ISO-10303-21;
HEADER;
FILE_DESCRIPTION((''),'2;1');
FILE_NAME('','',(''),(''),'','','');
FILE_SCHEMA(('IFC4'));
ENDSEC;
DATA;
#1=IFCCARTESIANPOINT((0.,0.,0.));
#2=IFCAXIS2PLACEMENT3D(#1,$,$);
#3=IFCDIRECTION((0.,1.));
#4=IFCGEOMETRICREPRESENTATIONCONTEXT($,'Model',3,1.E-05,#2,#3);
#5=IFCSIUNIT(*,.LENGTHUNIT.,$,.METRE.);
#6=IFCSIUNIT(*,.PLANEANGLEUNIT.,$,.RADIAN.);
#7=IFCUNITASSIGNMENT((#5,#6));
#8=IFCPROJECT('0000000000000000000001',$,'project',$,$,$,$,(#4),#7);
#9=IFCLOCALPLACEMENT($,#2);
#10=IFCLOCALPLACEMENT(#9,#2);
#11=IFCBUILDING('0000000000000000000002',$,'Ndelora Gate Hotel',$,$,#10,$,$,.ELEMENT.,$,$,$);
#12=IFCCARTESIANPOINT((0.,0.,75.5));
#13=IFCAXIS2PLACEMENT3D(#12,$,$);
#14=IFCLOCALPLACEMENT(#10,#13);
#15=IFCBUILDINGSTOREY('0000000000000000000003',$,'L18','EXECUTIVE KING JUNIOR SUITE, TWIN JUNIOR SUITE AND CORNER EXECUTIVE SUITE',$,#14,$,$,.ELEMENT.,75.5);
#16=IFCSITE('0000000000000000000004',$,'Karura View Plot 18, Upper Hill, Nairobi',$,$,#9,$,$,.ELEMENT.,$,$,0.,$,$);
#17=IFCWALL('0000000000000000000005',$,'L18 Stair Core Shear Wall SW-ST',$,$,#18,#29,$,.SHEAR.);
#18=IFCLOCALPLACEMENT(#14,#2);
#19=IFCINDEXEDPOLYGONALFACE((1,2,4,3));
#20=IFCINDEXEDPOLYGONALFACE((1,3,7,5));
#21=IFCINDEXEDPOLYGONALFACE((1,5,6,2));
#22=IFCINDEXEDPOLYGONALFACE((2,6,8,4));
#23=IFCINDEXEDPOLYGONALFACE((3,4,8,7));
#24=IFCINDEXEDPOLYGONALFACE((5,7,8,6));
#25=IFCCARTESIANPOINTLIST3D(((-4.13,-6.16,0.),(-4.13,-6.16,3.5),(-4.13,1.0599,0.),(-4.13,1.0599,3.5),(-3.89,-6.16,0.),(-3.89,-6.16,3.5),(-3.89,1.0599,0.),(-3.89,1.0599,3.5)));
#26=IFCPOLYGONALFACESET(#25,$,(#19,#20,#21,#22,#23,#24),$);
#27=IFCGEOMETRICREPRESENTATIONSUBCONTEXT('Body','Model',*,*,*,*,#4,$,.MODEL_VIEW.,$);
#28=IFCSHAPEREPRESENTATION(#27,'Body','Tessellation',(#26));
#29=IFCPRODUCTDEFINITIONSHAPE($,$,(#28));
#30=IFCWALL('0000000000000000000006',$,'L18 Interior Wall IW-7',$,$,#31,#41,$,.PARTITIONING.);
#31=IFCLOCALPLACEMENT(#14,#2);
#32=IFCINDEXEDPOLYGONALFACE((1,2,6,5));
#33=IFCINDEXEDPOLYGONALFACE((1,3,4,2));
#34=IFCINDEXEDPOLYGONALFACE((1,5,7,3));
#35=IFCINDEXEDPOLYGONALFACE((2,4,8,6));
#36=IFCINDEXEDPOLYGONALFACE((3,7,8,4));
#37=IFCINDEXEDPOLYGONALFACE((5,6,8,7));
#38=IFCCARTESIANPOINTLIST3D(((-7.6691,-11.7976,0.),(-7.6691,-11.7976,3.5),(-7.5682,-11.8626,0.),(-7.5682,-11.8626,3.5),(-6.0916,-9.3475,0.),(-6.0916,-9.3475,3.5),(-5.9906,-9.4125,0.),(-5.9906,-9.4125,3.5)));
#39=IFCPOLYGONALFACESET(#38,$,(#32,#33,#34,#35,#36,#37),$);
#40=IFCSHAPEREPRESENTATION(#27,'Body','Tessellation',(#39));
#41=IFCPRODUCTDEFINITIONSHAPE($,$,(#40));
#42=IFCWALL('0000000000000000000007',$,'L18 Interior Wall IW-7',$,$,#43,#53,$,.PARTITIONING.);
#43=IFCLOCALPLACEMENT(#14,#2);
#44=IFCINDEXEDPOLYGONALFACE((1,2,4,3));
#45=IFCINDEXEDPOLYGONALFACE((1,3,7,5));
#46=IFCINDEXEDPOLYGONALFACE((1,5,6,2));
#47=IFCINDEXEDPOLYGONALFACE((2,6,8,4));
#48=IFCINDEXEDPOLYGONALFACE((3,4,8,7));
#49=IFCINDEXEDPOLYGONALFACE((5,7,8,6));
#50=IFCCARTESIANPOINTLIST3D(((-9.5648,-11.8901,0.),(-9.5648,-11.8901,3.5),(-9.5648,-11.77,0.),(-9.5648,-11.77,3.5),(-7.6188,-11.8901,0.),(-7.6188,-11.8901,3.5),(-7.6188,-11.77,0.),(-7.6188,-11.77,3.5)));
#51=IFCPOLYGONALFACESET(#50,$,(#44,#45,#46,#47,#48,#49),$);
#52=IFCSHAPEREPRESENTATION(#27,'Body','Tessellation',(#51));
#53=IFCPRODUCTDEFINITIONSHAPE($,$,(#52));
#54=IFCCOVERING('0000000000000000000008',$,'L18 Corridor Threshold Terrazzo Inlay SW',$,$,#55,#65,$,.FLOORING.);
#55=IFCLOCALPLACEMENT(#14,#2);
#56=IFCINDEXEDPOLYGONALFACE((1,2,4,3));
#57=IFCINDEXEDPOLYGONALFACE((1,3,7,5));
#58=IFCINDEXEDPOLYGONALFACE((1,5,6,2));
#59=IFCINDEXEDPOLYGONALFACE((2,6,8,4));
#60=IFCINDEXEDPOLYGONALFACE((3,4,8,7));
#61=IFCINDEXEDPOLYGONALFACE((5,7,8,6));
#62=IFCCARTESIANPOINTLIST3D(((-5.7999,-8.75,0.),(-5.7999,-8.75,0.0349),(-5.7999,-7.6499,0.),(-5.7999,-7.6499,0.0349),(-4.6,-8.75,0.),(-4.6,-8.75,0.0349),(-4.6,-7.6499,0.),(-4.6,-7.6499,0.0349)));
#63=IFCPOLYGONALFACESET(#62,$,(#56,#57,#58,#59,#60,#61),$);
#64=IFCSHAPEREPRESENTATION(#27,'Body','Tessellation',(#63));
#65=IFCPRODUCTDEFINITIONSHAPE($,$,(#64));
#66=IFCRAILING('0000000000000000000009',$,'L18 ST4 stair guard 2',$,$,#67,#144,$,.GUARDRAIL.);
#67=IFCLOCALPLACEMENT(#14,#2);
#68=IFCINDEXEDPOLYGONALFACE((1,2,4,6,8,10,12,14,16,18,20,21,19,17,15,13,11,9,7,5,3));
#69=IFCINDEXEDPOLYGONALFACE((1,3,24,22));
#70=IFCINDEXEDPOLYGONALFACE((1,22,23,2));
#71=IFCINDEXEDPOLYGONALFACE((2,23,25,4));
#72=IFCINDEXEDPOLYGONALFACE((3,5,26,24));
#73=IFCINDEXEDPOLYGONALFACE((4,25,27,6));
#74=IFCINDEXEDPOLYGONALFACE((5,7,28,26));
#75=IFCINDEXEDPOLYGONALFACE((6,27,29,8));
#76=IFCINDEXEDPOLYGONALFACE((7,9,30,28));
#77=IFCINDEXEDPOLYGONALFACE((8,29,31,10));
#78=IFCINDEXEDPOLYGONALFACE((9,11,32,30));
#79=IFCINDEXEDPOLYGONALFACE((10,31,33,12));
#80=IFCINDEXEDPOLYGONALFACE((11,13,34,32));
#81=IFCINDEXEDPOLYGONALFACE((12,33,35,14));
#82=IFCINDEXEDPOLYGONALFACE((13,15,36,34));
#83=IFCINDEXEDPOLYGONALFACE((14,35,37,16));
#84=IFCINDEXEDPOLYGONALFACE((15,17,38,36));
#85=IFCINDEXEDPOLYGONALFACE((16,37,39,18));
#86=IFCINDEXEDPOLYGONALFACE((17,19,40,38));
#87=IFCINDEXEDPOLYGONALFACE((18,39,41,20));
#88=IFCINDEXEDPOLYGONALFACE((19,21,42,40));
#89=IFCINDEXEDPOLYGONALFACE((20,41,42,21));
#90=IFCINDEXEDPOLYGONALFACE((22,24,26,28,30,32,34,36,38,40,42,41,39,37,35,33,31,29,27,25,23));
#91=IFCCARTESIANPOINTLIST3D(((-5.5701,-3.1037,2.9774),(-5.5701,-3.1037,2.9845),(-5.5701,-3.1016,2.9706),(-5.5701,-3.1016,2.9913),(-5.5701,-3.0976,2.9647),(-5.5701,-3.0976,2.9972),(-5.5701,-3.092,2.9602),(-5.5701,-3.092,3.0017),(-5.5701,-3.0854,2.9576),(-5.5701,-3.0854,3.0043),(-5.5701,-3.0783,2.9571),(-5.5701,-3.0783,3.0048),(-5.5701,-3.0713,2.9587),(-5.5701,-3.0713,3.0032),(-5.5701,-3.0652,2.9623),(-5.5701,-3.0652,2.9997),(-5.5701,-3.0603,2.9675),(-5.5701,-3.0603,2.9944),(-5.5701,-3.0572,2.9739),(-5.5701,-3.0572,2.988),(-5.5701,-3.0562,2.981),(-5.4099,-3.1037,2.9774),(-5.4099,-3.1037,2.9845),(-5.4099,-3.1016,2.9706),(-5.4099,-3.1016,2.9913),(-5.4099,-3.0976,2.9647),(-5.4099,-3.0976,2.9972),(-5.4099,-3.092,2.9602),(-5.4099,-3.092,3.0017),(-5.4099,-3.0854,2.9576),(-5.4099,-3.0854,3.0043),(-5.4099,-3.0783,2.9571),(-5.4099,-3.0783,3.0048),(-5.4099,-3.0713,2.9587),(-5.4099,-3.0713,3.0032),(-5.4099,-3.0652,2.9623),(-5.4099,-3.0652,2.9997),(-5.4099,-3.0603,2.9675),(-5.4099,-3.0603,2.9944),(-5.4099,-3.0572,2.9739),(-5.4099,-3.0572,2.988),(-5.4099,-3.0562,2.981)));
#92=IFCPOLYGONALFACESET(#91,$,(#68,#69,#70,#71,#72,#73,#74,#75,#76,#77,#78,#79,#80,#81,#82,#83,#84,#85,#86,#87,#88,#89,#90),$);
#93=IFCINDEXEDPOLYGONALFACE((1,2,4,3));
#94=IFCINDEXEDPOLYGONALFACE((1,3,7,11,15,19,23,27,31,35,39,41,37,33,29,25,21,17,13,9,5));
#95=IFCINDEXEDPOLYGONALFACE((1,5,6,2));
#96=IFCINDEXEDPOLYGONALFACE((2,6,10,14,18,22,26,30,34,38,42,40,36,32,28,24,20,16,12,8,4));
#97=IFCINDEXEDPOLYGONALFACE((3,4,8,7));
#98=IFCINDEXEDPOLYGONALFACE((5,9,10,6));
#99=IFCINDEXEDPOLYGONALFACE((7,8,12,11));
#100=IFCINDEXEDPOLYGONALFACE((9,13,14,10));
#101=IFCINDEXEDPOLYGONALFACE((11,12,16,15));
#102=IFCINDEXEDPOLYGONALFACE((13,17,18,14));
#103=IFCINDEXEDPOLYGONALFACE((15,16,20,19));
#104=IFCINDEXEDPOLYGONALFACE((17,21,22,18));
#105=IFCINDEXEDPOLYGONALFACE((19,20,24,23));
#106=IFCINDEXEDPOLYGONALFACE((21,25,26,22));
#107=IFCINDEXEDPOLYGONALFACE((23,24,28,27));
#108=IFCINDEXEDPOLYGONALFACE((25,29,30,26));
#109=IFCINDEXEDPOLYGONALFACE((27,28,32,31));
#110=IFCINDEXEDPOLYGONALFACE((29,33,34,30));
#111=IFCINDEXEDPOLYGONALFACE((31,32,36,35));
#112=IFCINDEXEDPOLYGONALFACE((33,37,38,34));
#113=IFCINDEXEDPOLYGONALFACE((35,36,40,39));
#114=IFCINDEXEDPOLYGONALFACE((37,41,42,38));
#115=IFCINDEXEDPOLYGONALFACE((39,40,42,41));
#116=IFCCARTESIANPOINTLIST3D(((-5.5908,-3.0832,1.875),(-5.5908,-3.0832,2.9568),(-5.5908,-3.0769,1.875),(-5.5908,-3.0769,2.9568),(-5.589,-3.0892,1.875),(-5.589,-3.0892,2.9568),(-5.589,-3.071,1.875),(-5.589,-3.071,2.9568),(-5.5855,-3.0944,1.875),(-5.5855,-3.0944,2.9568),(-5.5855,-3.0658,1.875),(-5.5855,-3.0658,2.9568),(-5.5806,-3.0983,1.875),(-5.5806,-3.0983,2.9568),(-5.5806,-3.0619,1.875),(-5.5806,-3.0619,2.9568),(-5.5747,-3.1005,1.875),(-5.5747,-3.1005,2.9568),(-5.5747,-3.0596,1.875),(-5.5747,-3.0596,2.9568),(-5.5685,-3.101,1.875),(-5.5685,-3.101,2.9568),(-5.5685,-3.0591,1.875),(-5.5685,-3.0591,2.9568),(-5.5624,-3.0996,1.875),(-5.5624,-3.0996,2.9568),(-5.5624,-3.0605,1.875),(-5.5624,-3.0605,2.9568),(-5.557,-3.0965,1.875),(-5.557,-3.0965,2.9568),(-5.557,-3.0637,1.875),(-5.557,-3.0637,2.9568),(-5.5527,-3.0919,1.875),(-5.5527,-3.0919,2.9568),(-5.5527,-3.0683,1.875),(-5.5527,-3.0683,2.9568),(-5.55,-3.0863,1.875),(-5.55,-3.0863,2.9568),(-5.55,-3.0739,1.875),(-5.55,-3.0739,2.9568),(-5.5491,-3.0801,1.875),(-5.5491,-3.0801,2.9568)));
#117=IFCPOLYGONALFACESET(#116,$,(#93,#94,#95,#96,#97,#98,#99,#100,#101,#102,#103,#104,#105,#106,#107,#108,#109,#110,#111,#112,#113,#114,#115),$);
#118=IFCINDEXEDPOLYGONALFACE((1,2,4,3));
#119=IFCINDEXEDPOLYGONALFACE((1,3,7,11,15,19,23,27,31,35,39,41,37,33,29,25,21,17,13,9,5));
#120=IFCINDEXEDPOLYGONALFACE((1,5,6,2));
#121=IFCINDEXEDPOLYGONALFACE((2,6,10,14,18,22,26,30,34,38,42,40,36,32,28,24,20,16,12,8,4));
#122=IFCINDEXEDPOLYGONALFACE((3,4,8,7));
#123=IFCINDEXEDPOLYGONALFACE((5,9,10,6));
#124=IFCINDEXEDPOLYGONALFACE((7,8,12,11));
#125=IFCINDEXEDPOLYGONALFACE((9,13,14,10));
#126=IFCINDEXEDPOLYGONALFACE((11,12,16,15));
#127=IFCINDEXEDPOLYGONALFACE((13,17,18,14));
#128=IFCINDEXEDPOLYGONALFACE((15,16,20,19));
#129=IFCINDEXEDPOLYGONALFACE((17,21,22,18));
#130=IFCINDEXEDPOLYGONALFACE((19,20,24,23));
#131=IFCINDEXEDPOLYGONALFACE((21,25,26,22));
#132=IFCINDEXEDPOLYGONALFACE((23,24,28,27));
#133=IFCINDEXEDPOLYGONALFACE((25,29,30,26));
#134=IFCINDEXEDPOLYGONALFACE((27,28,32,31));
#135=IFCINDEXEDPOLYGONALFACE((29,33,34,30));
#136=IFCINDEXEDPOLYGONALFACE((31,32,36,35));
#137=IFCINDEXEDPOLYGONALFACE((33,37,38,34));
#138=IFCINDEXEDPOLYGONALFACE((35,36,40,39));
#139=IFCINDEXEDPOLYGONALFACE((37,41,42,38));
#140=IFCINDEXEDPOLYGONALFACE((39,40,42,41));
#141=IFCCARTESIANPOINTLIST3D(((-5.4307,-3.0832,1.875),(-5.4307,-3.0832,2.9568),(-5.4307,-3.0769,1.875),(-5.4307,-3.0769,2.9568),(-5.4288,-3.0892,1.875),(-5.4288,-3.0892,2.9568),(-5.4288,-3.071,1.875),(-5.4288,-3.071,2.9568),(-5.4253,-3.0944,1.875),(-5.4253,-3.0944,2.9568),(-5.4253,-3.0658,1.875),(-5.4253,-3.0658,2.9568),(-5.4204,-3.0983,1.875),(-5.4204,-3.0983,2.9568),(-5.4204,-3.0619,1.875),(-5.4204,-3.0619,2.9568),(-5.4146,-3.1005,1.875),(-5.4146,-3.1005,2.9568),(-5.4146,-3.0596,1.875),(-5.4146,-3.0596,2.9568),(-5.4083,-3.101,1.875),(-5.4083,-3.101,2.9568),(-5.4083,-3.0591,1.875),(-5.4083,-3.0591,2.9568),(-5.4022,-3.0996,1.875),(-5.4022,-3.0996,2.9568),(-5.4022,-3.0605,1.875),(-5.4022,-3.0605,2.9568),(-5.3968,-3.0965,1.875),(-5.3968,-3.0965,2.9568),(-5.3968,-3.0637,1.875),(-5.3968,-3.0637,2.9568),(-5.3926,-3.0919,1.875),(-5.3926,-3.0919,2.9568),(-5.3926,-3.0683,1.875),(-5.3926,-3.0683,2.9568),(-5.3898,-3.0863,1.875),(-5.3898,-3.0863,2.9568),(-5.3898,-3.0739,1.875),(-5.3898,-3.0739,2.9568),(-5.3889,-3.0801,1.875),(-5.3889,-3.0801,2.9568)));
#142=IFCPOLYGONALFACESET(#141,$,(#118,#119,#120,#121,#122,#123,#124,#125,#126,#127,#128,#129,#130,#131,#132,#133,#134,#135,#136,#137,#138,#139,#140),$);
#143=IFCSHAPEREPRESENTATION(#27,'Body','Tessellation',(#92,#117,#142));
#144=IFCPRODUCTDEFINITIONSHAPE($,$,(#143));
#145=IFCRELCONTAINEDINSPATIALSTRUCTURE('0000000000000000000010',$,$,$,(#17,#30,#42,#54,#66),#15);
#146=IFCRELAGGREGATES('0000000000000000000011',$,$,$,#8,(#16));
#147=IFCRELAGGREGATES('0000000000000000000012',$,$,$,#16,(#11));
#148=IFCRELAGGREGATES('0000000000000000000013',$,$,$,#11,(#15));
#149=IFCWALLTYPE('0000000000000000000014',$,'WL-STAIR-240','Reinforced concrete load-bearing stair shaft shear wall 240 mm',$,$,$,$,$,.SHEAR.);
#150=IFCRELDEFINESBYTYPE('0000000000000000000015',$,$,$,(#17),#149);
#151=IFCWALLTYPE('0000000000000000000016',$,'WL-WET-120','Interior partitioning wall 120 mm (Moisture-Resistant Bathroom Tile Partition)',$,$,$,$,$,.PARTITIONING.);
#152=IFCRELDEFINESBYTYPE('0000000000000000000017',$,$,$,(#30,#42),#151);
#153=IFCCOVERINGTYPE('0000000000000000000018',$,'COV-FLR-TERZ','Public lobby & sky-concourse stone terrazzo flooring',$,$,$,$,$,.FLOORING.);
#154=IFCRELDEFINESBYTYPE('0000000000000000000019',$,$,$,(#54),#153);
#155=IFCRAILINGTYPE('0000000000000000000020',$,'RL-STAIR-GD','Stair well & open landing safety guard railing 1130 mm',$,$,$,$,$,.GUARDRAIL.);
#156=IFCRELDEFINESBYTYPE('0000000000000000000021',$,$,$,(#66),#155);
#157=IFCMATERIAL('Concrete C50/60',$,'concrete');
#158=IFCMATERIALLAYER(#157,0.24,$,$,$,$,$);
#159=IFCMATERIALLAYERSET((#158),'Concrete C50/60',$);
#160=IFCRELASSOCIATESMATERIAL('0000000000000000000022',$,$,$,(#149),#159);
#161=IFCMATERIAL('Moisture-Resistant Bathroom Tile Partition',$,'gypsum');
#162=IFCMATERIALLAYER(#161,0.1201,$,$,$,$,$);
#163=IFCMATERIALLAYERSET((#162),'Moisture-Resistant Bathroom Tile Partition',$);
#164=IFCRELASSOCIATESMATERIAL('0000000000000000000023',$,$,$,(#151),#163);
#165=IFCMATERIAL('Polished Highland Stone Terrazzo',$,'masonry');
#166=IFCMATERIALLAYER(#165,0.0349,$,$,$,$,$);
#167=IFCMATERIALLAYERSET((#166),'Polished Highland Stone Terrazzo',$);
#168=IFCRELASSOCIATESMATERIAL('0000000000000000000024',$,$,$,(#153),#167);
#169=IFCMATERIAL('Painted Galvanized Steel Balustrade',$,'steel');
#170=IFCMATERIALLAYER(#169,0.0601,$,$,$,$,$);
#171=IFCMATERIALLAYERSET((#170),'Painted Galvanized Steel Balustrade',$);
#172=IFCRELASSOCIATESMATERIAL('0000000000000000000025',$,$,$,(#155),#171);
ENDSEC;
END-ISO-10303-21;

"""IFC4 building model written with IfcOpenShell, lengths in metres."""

from ifc_helpers import new_model, si_unit, direction, frame, frame_2d, origin, origin_2d, place, context, subcontext, project, spatial, rectangle, circle, extrude, material, layer, layer_set, type_object, element, save


model = new_model("IFC4")

# Units and contexts
model_context = context("Model", 3, precision=1e-05, world=origin(), true_north=direction((0.0, 1.0)))
body_context = subcontext(model_context, "Body", "Model", "MODEL_VIEW")
ifc_project = project(units=[si_unit("LENGTHUNIT", "METRE"), si_unit("PLANEANGLEUNIT", "RADIAN")], contexts=[model_context])

# Site, building, storey
site_placement = place(None, origin())
site = spatial("IfcSite", under=ifc_project, at=site_placement, Name="Karura View Plot 18, Upper Hill, Nairobi", CompositionType="ELEMENT", RefElevation=0.0)
building_placement = place(site_placement, origin())
building = spatial("IfcBuilding", under=site, at=building_placement, Name="Ndelora Gate Hotel", CompositionType="ELEMENT")
storey_placement = place(building_placement, frame((0.0, 0.0, 75.5)))
storey = spatial("IfcBuildingStorey", under=building, at=storey_placement, Name="L18", Description="EXECUTIVE KING JUNIOR SUITE, TWIN JUNIOR SUITE AND CORNER EXECUTIVE SUITE", CompositionType="ELEMENT", Elevation=75.5)

# Walls
ifc_material_1 = material(Name="Concrete C50/60", Category="concrete")
ifc_layer_1 = layer(ifc_material_1, 0.24)
ifc_layer_set_1 = layer_set([ifc_layer_1], Name="Concrete C50/60")
wall_type_1 = type_object("IfcWallType", Name="WL-STAIR-240", Description="Reinforced concrete load-bearing stair shaft shear wall 240 mm", PredefinedType="SHEAR", material=ifc_layer_set_1)
wall_1_placement = place(storey_placement, frame((-4.01, -6.1599, 0.0), z_axis=(0.0, 0.0, 1.0), x_axis=(0.0, 1.0, 0.0)))
element("IfcWall", 1, at=wall_1_placement, inside=storey, type_object=wall_type_1, Name="L18 Stair Core Shear Wall SW-ST", PredefinedType="SHEAR", context=body_context, shape_type="SweptSolid", body=[
    extrude(rectangle(XDim=7.22, YDim=0.24, at=frame_2d((3.6099, 0.0))), origin(), (0.0, 0.0, 1.0), 3.5),
])
ifc_material_2 = material(Name="Moisture-Resistant Bathroom Tile Partition", Category="gypsum")
ifc_layer_2 = layer(ifc_material_2, 0.1201)
ifc_layer_set_2 = layer_set([ifc_layer_2], Name="Moisture-Resistant Bathroom Tile Partition")
wall_type_2 = type_object("IfcWallType", Name="WL-WET-120", Description="Interior partitioning wall 120 mm (Moisture-Resistant Bathroom Tile Partition)", PredefinedType="PARTITIONING", material=ifc_layer_set_2)
wall_2_placement = place(storey_placement, frame((-7.6187, -11.8301, 0.0), z_axis=(0.0, 0.0, 1.0), x_axis=(0.541367, 0.840786, 0.0)))
element("IfcWall", 2, at=wall_2_placement, inside=storey, type_object=wall_type_2, Name="L18 Interior Wall IW-7", PredefinedType="PARTITIONING", context=body_context, shape_type="SweptSolid", body=[
    extrude(rectangle(XDim=2.9141, YDim=0.1201, at=frame_2d((1.457, 0.0))), origin(), (0.0, 0.0, 1.0), 3.5),
])
wall_3_placement = place(storey_placement, frame((-7.6187, -11.8301, 0.0), z_axis=(0.0, 0.0, 1.0), x_axis=(-1.0, 0.0, 0.0)))
element("IfcWall", 3, at=wall_3_placement, inside=storey, type_object=wall_type_2, Name="L18 Interior Wall IW-7", PredefinedType="PARTITIONING", context=body_context, shape_type="SweptSolid", body=[
    extrude(rectangle(XDim=1.946, YDim=0.1201, at=frame_2d((0.9731, 0.0))), origin(), (0.0, 0.0, 1.0), 3.5),
])

# Covering
ifc_material_3 = material(Name="Polished Highland Stone Terrazzo", Category="masonry")
ifc_layer_3 = layer(ifc_material_3, 0.0349)
ifc_layer_set_3 = layer_set([ifc_layer_3], Name="Polished Highland Stone Terrazzo")
covering_type = type_object("IfcCoveringType", Name="COV-FLR-TERZ", Description="Public lobby & sky-concourse stone terrazzo flooring", PredefinedType="FLOORING", material=ifc_layer_set_3)
covering_placement = place(storey_placement, frame((-5.2, -8.2, 0.0), z_axis=(0.0, 0.0, 1.0), x_axis=(1.0, 0.0, 0.0)))
element("IfcCovering", 4, at=covering_placement, inside=storey, type_object=covering_type, Name="L18 Corridor Threshold Terrazzo Inlay SW", PredefinedType="FLOORING", context=body_context, shape_type="SweptSolid", body=[
    extrude(rectangle(XDim=1.2, YDim=1.1001, at=origin_2d()), origin(), (0.0, 0.0, 1.0), 0.0349),
])

# Railing
ifc_material_4 = material(Name="Painted Galvanized Steel Balustrade", Category="steel")
ifc_layer_4 = layer(ifc_material_4, 0.0601)
ifc_layer_set_4 = layer_set([ifc_layer_4], Name="Painted Galvanized Steel Balustrade")
railing_type = type_object("IfcRailingType", Name="RL-STAIR-GD", Description="Stair well & open landing safety guard railing 1130 mm", PredefinedType="GUARDRAIL", material=ifc_layer_set_4)
railing_1_placement = place(storey_placement, frame((-5.5701, -3.0801, 1.875)))
element("IfcRailing", 5, at=railing_1_placement, inside=storey, type_object=railing_type, Name="L18 ST4 stair guard 2", PredefinedType="GUARDRAIL", context=body_context, shape_type="SweptSolid", body=[
    extrude(circle(Radius=0.0239, at=origin_2d()), frame((0.0, 0.0, 1.106), z_axis=(1.0, 0.0, 0.0), x_axis=(0.0, 1.0, 0.0)), (0.0, 0.0, 1.0), 0.1602),
    extrude(circle(Radius=0.021, at=origin_2d()), origin(), (0.0, 0.0, 1.0), 1.0818),
    extrude(circle(Radius=0.021, at=origin_2d()), frame((0.1602, 0.0, 0.0)), (0.0, 0.0, 1.0), 1.0818),
])

save(model, "model.ifc")
